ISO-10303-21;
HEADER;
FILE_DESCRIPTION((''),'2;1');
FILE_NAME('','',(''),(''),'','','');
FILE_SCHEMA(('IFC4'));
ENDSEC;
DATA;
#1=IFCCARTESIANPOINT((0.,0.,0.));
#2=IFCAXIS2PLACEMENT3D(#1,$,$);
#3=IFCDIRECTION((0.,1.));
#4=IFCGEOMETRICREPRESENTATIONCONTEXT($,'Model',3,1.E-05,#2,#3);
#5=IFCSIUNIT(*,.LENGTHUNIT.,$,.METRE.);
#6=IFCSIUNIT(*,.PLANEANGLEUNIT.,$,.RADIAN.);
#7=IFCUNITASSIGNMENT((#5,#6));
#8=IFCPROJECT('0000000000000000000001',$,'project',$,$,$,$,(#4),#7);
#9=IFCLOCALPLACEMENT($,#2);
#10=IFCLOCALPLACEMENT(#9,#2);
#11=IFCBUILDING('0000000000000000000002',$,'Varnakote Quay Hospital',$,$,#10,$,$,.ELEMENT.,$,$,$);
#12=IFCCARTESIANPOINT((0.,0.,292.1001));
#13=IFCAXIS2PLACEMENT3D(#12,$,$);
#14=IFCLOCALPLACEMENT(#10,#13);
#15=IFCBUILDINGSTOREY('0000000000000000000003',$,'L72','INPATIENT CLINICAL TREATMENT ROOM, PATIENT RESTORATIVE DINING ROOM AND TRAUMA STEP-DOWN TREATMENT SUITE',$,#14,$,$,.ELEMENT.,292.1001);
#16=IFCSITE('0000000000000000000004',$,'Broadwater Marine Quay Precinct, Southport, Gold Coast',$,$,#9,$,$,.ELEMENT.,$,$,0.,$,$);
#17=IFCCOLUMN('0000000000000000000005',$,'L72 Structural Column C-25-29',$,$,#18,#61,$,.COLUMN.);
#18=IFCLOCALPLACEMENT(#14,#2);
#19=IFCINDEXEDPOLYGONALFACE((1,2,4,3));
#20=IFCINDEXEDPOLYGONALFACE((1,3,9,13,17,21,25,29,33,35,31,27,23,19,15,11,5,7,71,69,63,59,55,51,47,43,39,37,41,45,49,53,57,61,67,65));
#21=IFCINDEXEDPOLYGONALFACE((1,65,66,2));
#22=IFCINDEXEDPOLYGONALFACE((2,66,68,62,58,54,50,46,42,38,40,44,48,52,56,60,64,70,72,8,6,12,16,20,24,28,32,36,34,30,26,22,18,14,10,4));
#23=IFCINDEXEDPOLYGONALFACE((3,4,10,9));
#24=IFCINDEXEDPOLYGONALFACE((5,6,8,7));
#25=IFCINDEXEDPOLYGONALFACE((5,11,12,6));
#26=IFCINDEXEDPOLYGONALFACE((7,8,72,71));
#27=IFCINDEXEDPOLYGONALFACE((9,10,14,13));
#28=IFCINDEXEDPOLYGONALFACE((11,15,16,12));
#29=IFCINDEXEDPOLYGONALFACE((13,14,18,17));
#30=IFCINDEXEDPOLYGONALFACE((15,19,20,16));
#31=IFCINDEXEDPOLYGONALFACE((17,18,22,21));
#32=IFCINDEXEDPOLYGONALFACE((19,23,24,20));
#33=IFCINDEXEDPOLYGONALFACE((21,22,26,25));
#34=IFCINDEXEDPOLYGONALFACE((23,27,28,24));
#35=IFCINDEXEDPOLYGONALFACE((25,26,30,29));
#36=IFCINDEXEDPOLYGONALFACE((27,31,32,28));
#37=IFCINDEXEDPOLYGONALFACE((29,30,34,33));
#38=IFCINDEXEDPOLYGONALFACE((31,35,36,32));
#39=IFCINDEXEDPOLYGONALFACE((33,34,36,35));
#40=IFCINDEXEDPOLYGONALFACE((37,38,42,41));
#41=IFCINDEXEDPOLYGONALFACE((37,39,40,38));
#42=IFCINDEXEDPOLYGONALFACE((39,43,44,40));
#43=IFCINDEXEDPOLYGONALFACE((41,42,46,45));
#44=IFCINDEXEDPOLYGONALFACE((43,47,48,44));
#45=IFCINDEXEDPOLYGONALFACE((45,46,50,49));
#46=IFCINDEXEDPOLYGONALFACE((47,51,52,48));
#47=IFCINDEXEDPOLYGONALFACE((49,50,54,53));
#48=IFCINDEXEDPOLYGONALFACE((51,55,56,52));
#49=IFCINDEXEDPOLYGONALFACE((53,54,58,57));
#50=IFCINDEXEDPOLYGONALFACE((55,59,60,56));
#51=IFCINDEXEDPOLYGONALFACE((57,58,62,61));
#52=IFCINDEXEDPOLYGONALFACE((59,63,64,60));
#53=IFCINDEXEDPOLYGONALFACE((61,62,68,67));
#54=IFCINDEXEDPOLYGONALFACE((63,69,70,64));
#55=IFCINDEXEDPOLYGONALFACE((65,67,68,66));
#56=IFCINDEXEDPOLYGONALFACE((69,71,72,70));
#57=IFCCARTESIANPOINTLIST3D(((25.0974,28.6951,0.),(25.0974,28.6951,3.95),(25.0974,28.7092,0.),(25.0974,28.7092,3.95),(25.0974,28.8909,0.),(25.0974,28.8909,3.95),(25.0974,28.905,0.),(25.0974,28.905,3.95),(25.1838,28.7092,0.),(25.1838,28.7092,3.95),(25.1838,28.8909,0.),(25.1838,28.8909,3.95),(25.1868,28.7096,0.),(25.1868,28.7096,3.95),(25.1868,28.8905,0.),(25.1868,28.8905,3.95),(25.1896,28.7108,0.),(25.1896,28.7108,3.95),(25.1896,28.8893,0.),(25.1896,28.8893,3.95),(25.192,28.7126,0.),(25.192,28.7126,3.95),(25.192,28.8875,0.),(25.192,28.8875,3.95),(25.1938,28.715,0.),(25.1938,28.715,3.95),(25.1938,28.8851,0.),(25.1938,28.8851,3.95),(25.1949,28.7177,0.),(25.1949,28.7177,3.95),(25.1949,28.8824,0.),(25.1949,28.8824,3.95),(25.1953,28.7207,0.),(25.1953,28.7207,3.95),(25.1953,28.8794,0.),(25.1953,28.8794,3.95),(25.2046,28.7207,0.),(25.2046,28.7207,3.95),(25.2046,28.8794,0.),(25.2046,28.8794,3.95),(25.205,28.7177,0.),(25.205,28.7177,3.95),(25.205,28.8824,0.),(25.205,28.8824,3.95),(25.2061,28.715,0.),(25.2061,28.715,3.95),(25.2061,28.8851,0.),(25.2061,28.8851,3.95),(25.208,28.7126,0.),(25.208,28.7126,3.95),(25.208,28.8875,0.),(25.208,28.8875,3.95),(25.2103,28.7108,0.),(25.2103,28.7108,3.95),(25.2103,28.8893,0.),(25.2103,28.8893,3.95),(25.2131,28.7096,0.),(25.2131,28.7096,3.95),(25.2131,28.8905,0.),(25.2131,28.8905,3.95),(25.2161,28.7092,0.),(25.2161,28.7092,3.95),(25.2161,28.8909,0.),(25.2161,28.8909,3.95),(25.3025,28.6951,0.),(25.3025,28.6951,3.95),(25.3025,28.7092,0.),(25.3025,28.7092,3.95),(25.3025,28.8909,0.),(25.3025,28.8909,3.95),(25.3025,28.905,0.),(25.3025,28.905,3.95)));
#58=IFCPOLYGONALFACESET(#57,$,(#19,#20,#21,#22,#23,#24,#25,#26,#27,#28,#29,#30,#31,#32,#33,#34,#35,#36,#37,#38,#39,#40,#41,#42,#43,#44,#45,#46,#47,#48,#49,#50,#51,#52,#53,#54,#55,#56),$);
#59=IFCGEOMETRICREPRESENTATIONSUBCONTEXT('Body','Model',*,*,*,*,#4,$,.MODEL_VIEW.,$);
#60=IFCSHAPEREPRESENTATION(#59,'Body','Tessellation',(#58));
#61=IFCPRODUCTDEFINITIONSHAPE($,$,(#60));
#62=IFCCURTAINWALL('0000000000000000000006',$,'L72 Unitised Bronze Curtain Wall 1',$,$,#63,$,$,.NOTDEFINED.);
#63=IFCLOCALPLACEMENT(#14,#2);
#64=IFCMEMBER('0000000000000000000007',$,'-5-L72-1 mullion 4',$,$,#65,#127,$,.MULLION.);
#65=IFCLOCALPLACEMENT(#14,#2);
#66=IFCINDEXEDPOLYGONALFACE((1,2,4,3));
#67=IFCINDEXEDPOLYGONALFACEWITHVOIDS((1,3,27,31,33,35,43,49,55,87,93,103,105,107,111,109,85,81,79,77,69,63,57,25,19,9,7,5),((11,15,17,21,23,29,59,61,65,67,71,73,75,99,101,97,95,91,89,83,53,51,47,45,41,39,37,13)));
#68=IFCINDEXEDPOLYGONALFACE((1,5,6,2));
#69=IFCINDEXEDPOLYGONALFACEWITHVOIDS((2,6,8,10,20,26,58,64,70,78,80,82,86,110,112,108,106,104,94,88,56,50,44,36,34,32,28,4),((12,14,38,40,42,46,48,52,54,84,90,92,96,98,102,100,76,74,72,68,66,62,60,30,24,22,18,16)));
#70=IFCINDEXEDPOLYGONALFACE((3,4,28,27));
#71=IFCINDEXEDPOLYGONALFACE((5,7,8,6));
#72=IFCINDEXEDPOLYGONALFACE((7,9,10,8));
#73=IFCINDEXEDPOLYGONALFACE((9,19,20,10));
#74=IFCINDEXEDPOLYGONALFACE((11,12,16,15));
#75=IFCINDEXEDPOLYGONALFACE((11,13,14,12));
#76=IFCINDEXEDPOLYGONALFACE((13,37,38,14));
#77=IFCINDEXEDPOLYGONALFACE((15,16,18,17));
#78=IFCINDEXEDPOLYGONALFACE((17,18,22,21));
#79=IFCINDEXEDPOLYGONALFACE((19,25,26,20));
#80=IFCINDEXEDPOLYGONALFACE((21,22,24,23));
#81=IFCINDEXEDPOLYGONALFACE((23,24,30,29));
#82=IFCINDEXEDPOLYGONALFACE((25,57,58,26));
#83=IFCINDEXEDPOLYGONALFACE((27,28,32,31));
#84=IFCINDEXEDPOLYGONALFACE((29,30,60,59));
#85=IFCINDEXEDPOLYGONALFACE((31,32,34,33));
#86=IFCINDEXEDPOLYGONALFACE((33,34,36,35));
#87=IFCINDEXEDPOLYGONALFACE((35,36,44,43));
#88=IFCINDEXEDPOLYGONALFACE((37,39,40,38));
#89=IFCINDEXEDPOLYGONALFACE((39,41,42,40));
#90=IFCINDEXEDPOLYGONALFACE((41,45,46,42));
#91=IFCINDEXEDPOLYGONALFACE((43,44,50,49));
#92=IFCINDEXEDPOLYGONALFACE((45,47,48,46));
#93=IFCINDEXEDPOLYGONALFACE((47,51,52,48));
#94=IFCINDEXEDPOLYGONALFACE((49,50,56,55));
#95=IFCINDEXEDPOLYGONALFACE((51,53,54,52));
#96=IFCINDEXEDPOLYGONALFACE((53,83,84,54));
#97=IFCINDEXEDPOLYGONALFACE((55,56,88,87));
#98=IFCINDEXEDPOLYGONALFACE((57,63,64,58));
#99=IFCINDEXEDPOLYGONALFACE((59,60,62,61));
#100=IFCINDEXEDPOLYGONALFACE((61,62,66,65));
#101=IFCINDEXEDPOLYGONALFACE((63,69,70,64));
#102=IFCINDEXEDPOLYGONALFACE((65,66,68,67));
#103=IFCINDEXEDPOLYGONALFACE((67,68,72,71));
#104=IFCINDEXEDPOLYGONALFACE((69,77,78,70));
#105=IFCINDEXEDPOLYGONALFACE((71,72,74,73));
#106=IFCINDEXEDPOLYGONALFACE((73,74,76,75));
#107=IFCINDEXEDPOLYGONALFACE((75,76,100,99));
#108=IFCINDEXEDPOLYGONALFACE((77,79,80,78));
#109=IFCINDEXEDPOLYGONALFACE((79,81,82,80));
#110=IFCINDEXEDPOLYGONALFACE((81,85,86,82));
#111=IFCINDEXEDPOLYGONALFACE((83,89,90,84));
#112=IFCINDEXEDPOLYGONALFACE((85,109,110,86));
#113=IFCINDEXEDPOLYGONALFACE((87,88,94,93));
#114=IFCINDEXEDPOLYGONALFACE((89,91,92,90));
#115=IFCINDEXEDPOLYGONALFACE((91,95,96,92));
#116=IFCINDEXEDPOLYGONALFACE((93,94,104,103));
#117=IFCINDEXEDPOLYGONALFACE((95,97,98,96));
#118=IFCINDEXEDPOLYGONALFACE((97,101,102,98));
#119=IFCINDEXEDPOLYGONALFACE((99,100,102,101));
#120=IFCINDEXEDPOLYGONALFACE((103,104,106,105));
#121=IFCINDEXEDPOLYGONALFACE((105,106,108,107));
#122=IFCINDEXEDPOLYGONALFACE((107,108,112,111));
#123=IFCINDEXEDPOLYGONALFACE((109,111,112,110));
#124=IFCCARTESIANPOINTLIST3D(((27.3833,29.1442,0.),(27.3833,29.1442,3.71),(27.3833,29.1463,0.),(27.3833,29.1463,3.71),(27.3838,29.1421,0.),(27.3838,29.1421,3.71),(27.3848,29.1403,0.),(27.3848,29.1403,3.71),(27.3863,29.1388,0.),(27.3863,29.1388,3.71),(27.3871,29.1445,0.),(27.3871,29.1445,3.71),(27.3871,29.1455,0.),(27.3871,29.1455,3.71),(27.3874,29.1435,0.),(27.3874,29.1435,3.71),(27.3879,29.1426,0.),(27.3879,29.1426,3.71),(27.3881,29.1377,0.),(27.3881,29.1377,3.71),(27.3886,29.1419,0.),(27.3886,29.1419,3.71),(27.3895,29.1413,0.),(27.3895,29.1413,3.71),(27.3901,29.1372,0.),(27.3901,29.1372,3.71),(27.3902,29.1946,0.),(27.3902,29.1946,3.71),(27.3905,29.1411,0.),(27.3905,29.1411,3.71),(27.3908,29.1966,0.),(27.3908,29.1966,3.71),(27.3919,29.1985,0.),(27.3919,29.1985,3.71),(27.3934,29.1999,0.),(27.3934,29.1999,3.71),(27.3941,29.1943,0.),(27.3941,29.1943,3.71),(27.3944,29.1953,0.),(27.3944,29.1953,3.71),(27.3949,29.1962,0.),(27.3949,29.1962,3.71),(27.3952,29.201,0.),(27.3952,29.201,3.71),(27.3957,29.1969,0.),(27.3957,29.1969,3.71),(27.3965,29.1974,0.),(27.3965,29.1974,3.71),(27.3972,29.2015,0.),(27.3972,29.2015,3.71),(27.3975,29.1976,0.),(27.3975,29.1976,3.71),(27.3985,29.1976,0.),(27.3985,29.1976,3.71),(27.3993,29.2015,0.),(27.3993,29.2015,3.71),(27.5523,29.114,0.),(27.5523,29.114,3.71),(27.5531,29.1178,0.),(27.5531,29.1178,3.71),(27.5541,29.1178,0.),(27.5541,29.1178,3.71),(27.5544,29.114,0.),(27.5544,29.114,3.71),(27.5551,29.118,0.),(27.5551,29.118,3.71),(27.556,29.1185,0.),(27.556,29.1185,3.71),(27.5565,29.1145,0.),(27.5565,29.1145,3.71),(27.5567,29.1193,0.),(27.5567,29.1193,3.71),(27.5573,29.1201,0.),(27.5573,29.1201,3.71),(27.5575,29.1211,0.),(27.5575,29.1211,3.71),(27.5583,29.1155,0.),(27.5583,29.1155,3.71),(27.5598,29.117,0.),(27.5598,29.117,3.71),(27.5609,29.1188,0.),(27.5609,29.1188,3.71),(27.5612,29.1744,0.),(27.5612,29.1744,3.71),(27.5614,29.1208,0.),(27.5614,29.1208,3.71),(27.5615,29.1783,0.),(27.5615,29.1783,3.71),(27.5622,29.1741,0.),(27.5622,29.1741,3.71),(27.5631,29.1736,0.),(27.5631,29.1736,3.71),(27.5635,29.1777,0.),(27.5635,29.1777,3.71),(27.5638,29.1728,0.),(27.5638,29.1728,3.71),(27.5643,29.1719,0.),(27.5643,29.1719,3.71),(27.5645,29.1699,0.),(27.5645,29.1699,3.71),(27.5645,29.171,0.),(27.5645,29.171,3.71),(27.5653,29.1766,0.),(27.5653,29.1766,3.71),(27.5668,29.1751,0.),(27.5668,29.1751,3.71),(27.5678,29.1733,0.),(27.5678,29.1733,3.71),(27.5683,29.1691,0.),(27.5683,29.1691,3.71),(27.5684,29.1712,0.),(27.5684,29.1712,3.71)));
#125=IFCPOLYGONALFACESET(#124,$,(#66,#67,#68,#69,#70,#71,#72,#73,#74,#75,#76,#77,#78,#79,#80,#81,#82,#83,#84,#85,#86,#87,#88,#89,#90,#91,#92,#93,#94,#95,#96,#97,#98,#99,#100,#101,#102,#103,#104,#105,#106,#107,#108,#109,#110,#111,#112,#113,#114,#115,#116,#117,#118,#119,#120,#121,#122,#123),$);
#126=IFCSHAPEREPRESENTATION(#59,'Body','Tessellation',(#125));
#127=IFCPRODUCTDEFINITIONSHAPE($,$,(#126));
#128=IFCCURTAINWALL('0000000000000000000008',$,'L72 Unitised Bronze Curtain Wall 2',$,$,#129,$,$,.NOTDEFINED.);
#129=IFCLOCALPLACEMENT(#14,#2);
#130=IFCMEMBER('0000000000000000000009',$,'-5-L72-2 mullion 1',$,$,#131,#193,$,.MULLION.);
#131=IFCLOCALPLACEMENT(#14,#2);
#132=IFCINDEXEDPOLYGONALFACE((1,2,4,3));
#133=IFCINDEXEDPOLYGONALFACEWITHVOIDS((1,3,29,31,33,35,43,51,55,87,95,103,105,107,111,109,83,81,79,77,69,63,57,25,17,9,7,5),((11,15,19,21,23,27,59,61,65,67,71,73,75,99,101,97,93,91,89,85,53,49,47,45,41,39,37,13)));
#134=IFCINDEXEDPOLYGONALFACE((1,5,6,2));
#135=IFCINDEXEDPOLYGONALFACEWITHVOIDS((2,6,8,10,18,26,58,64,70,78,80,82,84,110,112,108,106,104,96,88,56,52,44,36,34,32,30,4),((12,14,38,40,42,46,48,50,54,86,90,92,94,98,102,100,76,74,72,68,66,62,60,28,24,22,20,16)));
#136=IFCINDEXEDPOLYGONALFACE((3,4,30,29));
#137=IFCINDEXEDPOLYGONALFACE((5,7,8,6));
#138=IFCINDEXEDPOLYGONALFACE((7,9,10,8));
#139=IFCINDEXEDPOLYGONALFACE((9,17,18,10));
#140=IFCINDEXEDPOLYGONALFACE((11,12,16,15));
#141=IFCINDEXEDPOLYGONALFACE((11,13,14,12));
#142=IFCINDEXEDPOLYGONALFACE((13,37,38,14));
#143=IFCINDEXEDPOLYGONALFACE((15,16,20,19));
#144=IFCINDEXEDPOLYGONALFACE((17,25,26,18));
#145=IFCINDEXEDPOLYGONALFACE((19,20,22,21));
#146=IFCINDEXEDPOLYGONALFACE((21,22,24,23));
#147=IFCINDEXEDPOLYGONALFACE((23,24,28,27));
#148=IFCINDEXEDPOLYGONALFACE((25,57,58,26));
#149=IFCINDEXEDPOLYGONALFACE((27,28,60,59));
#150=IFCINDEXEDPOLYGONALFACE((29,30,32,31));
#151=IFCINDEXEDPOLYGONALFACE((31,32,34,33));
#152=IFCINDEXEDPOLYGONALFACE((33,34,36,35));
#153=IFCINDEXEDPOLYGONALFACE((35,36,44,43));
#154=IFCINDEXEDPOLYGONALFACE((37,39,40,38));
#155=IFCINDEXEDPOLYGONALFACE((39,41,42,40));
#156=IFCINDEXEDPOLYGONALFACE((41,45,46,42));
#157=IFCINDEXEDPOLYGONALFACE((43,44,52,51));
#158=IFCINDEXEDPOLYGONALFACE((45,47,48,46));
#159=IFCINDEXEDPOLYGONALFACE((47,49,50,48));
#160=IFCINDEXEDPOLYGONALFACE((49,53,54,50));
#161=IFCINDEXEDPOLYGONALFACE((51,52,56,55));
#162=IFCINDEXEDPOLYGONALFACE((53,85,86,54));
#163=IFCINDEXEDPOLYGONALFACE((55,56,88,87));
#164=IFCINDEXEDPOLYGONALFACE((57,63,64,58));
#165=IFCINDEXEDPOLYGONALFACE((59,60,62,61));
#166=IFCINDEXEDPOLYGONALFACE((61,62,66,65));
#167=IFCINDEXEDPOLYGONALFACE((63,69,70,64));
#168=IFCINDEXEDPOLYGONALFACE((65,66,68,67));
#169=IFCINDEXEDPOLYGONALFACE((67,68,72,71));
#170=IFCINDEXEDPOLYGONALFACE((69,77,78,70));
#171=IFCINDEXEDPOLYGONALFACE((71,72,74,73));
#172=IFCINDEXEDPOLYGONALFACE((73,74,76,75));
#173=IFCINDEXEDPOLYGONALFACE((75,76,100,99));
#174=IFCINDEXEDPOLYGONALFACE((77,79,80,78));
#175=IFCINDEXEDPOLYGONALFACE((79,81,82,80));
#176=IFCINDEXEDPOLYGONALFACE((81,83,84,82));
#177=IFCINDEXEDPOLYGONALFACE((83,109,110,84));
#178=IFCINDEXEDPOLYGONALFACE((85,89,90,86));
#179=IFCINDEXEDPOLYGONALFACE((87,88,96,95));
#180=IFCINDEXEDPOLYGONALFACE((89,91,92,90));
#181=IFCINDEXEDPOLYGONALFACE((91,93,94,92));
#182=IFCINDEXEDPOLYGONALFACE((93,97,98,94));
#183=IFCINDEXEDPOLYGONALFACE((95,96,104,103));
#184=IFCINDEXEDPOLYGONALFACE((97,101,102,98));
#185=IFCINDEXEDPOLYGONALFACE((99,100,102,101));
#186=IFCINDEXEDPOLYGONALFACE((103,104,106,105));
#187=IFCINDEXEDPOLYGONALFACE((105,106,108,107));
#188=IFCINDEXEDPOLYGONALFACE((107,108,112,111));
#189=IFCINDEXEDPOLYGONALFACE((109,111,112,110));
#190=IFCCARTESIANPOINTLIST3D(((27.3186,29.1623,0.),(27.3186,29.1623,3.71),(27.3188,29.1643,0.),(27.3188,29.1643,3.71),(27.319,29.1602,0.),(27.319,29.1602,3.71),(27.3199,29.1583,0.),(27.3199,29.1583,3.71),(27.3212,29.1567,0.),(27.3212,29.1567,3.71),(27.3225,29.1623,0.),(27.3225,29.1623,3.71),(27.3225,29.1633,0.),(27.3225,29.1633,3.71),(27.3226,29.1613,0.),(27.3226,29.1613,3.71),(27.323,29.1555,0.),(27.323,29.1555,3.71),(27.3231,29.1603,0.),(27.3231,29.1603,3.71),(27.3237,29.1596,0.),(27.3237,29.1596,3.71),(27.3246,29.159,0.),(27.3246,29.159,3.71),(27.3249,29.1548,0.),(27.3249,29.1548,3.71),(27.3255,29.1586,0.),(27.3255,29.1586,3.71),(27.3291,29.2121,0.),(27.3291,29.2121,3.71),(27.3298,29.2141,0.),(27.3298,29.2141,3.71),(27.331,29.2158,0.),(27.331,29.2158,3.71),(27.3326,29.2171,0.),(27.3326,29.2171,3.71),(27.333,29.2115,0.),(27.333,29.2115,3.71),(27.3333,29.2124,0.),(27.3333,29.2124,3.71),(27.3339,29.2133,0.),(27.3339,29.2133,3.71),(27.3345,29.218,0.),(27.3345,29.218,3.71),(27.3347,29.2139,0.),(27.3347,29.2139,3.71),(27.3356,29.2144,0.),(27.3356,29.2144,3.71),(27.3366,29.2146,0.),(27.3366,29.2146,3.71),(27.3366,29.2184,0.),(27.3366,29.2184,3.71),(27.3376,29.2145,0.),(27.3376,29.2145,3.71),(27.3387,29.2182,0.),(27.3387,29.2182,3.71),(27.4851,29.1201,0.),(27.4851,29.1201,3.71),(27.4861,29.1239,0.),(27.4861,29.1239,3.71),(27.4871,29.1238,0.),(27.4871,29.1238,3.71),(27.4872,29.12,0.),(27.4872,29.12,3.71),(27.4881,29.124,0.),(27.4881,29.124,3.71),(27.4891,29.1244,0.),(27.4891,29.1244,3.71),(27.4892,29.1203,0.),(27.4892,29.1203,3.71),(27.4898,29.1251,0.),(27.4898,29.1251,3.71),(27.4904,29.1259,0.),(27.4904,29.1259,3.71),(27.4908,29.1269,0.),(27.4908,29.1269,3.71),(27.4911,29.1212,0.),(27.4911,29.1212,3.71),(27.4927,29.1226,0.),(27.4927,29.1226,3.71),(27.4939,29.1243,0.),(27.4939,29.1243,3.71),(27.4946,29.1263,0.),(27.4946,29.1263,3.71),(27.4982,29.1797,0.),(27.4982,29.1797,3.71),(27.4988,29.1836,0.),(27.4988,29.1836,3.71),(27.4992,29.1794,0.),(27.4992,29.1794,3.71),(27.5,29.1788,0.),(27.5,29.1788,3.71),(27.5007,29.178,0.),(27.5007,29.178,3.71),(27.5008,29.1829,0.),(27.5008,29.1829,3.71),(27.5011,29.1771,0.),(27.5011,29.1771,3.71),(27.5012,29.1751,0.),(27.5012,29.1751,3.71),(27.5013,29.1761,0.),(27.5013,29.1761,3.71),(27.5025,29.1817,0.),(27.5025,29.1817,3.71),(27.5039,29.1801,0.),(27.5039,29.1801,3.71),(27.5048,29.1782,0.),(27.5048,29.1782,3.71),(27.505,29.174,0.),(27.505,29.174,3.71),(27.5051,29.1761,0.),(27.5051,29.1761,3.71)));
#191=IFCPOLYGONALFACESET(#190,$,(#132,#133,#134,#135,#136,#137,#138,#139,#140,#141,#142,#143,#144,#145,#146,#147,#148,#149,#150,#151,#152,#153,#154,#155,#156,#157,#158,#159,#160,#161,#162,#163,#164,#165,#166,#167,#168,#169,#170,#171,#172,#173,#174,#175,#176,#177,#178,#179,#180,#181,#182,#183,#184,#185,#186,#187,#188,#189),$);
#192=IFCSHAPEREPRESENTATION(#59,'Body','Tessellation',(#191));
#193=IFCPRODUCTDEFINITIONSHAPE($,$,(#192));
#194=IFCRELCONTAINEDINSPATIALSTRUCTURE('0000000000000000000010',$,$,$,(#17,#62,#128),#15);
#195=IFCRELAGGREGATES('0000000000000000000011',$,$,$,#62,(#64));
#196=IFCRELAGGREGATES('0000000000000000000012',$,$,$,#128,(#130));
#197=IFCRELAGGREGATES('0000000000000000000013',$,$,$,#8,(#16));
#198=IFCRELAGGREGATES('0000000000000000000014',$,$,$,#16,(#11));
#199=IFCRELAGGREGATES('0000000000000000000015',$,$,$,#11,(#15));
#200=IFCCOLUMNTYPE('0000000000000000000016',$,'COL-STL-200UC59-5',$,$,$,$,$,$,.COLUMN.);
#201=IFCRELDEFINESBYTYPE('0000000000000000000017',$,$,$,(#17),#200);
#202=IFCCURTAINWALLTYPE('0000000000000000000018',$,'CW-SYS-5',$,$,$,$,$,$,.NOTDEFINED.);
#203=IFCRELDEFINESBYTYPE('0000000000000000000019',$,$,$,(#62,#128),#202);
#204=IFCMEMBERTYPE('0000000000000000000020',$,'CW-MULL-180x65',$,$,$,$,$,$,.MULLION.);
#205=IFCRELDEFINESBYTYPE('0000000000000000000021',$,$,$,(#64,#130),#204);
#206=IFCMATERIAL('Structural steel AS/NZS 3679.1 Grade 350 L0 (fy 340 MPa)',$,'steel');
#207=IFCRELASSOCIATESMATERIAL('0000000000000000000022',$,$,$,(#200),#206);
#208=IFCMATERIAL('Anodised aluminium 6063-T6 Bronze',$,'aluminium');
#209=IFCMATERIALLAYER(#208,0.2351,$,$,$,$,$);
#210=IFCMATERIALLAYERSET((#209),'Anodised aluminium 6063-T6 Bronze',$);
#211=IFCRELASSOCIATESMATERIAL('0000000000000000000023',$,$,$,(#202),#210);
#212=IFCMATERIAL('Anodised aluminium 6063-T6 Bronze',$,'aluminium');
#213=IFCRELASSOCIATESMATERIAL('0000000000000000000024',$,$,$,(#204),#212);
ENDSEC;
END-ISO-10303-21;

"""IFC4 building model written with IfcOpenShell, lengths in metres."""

from ifc_helpers import new_model, si_unit, direction, frame, origin, origin_2d, place, context, subcontext, project, spatial, hollow_rectangle, i_section, extrude, material, layer, layer_set, material_profile, profile_set, type_object, element, aggregate, save


model = new_model("IFC4")

# Units and contexts
model_context = context("Model", 3, precision=1e-05, world=origin(), true_north=direction((0.0, 1.0)))
body_context = subcontext(model_context, "Body", "Model", "MODEL_VIEW")
ifc_project = project(units=[si_unit("LENGTHUNIT", "METRE"), si_unit("PLANEANGLEUNIT", "RADIAN")], contexts=[model_context])

# Site, building, storey
site_placement = place(None, origin())
site = spatial("IfcSite", under=ifc_project, at=site_placement, Name="Broadwater Marine Quay Precinct, Southport, Gold Coast", CompositionType="ELEMENT", RefElevation=0.0)
building_placement = place(site_placement, origin())
building = spatial("IfcBuilding", under=site, at=building_placement, Name="Varnakote Quay Hospital", CompositionType="ELEMENT")
storey_placement = place(building_placement, frame((0.0, 0.0, 292.1001)))
storey = spatial("IfcBuildingStorey", under=building, at=storey_placement, Name="L72", Description="INPATIENT CLINICAL TREATMENT ROOM, PATIENT RESTORATIVE DINING ROOM AND TRAUMA STEP-DOWN TREATMENT SUITE", CompositionType="ELEMENT", Elevation=292.1001)

# Column
ifc_material_1 = material(Name="Structural steel AS/NZS 3679.1 Grade 350 L0 (fy 340 MPa)", Category="steel")
ifc_material_profile_1 = material_profile(ifc_material_1, i_section(OverallWidth=0.2051, OverallDepth=0.21, WebThickness=0.0093, FlangeThickness=0.0142, FilletRadius=0.0115, at=origin_2d()), Name="200UC59.5")
ifc_profile_set_1 = profile_set([ifc_material_profile_1], Name="Structural steel AS/NZS 3679.1 Grade 350 L0 (fy 340 MPa)")
column_type = type_object("IfcColumnType", Name="COL-STL-200UC59-5", PredefinedType="COLUMN", material=ifc_profile_set_1)
column_placement = place(storey_placement, frame((25.2, 28.8, 0.0), z_axis=(0.0, 0.0, 1.0), x_axis=(1.0, 0.0, 0.0)))
element("IfcColumn", 1, at=column_placement, inside=storey, type_object=column_type, Name="L72 Structural Column C-25-29", PredefinedType="COLUMN", context=body_context, shape_type="SweptSolid", body=[
    extrude(i_section(OverallWidth=0.2051, OverallDepth=0.21, WebThickness=0.0093, FlangeThickness=0.0142, FilletRadius=0.0115, at=origin_2d()), origin(), (0.0, 0.0, 1.0), 3.95),
])

# Curtain wall, member
ifc_material_2 = material(Name="Anodised aluminium 6063-T6 Bronze", Category="aluminium")
ifc_layer_1 = layer(ifc_material_2, 0.2351)
ifc_layer_set_1 = layer_set([ifc_layer_1], Name="Anodised aluminium 6063-T6 Bronze")
curtain_wall_type = type_object("IfcCurtainWallType", Name="CW-SYS-5", PredefinedType="NOTDEFINED", material=ifc_layer_set_1)
curtain_wall_1_placement = place(storey_placement, origin())
curtain_wall_1 = element("IfcCurtainWall", 2, at=curtain_wall_1_placement, inside=storey, type_object=curtain_wall_type, Name="L72 Unitised Bronze Curtain Wall 1", PredefinedType="NOTDEFINED")
ifc_material_3 = material(Name="Anodised aluminium 6063-T6 Bronze", Category="aluminium")
ifc_material_profile_2 = material_profile(ifc_material_3, hollow_rectangle(XDim=0.0649, YDim=0.1799, WallThickness=0.0039, InnerFilletRadius=0.0039, OuterFilletRadius=0.0081, at=origin_2d()), Name="CW-MULL-180x65")
ifc_profile_set_2 = profile_set([ifc_material_profile_2], Name="Anodised aluminium 6063-T6 Bronze")
member_type_1 = type_object("IfcMemberType", Name="CW-MULL-180x65", PredefinedType="MULLION", material=ifc_profile_set_2)
member_1_placement = place(storey_placement, frame((27.4758, 29.1577, 0.0), z_axis=(0.0, 0.0, 1.0), x_axis=(-0.141572, -0.989928, 0.0)))
member_1 = element("IfcMember", 3, at=member_1_placement, type_object=member_type_1, Name="-5-L72-1 mullion 4", PredefinedType="MULLION", context=body_context, shape_type="SweptSolid", body=[
    extrude(hollow_rectangle(XDim=0.0649, YDim=0.1799, WallThickness=0.0039, InnerFilletRadius=0.0039, OuterFilletRadius=0.0081, at=origin_2d()), origin(), (0.0, 0.0, 1.0), 3.71),
])

# Curtain wall, member
curtain_wall_2_placement = place(storey_placement, origin())
curtain_wall_2 = element("IfcCurtainWall", 4, at=curtain_wall_2_placement, inside=storey, type_object=curtain_wall_type, Name="L72 Unitised Bronze Curtain Wall 2", PredefinedType="NOTDEFINED")
member_2_placement = place(storey_placement, frame((27.4119, 29.1692, 0.0), z_axis=(0.0, 0.0, 1.0), x_axis=(-0.211408, -0.977398, 0.0)))
member_2 = element("IfcMember", 5, at=member_2_placement, type_object=member_type_1, Name="-5-L72-2 mullion 1", PredefinedType="MULLION", context=body_context, shape_type="SweptSolid", body=[
    extrude(hollow_rectangle(XDim=0.0649, YDim=0.1799, WallThickness=0.0039, InnerFilletRadius=0.0039, OuterFilletRadius=0.0081, at=origin_2d()), origin(), (0.0, 0.0, 1.0), 3.71),
])

aggregate(curtain_wall_1, [member_1])
aggregate(curtain_wall_2, [member_2])

save(model, "model.ifc")
